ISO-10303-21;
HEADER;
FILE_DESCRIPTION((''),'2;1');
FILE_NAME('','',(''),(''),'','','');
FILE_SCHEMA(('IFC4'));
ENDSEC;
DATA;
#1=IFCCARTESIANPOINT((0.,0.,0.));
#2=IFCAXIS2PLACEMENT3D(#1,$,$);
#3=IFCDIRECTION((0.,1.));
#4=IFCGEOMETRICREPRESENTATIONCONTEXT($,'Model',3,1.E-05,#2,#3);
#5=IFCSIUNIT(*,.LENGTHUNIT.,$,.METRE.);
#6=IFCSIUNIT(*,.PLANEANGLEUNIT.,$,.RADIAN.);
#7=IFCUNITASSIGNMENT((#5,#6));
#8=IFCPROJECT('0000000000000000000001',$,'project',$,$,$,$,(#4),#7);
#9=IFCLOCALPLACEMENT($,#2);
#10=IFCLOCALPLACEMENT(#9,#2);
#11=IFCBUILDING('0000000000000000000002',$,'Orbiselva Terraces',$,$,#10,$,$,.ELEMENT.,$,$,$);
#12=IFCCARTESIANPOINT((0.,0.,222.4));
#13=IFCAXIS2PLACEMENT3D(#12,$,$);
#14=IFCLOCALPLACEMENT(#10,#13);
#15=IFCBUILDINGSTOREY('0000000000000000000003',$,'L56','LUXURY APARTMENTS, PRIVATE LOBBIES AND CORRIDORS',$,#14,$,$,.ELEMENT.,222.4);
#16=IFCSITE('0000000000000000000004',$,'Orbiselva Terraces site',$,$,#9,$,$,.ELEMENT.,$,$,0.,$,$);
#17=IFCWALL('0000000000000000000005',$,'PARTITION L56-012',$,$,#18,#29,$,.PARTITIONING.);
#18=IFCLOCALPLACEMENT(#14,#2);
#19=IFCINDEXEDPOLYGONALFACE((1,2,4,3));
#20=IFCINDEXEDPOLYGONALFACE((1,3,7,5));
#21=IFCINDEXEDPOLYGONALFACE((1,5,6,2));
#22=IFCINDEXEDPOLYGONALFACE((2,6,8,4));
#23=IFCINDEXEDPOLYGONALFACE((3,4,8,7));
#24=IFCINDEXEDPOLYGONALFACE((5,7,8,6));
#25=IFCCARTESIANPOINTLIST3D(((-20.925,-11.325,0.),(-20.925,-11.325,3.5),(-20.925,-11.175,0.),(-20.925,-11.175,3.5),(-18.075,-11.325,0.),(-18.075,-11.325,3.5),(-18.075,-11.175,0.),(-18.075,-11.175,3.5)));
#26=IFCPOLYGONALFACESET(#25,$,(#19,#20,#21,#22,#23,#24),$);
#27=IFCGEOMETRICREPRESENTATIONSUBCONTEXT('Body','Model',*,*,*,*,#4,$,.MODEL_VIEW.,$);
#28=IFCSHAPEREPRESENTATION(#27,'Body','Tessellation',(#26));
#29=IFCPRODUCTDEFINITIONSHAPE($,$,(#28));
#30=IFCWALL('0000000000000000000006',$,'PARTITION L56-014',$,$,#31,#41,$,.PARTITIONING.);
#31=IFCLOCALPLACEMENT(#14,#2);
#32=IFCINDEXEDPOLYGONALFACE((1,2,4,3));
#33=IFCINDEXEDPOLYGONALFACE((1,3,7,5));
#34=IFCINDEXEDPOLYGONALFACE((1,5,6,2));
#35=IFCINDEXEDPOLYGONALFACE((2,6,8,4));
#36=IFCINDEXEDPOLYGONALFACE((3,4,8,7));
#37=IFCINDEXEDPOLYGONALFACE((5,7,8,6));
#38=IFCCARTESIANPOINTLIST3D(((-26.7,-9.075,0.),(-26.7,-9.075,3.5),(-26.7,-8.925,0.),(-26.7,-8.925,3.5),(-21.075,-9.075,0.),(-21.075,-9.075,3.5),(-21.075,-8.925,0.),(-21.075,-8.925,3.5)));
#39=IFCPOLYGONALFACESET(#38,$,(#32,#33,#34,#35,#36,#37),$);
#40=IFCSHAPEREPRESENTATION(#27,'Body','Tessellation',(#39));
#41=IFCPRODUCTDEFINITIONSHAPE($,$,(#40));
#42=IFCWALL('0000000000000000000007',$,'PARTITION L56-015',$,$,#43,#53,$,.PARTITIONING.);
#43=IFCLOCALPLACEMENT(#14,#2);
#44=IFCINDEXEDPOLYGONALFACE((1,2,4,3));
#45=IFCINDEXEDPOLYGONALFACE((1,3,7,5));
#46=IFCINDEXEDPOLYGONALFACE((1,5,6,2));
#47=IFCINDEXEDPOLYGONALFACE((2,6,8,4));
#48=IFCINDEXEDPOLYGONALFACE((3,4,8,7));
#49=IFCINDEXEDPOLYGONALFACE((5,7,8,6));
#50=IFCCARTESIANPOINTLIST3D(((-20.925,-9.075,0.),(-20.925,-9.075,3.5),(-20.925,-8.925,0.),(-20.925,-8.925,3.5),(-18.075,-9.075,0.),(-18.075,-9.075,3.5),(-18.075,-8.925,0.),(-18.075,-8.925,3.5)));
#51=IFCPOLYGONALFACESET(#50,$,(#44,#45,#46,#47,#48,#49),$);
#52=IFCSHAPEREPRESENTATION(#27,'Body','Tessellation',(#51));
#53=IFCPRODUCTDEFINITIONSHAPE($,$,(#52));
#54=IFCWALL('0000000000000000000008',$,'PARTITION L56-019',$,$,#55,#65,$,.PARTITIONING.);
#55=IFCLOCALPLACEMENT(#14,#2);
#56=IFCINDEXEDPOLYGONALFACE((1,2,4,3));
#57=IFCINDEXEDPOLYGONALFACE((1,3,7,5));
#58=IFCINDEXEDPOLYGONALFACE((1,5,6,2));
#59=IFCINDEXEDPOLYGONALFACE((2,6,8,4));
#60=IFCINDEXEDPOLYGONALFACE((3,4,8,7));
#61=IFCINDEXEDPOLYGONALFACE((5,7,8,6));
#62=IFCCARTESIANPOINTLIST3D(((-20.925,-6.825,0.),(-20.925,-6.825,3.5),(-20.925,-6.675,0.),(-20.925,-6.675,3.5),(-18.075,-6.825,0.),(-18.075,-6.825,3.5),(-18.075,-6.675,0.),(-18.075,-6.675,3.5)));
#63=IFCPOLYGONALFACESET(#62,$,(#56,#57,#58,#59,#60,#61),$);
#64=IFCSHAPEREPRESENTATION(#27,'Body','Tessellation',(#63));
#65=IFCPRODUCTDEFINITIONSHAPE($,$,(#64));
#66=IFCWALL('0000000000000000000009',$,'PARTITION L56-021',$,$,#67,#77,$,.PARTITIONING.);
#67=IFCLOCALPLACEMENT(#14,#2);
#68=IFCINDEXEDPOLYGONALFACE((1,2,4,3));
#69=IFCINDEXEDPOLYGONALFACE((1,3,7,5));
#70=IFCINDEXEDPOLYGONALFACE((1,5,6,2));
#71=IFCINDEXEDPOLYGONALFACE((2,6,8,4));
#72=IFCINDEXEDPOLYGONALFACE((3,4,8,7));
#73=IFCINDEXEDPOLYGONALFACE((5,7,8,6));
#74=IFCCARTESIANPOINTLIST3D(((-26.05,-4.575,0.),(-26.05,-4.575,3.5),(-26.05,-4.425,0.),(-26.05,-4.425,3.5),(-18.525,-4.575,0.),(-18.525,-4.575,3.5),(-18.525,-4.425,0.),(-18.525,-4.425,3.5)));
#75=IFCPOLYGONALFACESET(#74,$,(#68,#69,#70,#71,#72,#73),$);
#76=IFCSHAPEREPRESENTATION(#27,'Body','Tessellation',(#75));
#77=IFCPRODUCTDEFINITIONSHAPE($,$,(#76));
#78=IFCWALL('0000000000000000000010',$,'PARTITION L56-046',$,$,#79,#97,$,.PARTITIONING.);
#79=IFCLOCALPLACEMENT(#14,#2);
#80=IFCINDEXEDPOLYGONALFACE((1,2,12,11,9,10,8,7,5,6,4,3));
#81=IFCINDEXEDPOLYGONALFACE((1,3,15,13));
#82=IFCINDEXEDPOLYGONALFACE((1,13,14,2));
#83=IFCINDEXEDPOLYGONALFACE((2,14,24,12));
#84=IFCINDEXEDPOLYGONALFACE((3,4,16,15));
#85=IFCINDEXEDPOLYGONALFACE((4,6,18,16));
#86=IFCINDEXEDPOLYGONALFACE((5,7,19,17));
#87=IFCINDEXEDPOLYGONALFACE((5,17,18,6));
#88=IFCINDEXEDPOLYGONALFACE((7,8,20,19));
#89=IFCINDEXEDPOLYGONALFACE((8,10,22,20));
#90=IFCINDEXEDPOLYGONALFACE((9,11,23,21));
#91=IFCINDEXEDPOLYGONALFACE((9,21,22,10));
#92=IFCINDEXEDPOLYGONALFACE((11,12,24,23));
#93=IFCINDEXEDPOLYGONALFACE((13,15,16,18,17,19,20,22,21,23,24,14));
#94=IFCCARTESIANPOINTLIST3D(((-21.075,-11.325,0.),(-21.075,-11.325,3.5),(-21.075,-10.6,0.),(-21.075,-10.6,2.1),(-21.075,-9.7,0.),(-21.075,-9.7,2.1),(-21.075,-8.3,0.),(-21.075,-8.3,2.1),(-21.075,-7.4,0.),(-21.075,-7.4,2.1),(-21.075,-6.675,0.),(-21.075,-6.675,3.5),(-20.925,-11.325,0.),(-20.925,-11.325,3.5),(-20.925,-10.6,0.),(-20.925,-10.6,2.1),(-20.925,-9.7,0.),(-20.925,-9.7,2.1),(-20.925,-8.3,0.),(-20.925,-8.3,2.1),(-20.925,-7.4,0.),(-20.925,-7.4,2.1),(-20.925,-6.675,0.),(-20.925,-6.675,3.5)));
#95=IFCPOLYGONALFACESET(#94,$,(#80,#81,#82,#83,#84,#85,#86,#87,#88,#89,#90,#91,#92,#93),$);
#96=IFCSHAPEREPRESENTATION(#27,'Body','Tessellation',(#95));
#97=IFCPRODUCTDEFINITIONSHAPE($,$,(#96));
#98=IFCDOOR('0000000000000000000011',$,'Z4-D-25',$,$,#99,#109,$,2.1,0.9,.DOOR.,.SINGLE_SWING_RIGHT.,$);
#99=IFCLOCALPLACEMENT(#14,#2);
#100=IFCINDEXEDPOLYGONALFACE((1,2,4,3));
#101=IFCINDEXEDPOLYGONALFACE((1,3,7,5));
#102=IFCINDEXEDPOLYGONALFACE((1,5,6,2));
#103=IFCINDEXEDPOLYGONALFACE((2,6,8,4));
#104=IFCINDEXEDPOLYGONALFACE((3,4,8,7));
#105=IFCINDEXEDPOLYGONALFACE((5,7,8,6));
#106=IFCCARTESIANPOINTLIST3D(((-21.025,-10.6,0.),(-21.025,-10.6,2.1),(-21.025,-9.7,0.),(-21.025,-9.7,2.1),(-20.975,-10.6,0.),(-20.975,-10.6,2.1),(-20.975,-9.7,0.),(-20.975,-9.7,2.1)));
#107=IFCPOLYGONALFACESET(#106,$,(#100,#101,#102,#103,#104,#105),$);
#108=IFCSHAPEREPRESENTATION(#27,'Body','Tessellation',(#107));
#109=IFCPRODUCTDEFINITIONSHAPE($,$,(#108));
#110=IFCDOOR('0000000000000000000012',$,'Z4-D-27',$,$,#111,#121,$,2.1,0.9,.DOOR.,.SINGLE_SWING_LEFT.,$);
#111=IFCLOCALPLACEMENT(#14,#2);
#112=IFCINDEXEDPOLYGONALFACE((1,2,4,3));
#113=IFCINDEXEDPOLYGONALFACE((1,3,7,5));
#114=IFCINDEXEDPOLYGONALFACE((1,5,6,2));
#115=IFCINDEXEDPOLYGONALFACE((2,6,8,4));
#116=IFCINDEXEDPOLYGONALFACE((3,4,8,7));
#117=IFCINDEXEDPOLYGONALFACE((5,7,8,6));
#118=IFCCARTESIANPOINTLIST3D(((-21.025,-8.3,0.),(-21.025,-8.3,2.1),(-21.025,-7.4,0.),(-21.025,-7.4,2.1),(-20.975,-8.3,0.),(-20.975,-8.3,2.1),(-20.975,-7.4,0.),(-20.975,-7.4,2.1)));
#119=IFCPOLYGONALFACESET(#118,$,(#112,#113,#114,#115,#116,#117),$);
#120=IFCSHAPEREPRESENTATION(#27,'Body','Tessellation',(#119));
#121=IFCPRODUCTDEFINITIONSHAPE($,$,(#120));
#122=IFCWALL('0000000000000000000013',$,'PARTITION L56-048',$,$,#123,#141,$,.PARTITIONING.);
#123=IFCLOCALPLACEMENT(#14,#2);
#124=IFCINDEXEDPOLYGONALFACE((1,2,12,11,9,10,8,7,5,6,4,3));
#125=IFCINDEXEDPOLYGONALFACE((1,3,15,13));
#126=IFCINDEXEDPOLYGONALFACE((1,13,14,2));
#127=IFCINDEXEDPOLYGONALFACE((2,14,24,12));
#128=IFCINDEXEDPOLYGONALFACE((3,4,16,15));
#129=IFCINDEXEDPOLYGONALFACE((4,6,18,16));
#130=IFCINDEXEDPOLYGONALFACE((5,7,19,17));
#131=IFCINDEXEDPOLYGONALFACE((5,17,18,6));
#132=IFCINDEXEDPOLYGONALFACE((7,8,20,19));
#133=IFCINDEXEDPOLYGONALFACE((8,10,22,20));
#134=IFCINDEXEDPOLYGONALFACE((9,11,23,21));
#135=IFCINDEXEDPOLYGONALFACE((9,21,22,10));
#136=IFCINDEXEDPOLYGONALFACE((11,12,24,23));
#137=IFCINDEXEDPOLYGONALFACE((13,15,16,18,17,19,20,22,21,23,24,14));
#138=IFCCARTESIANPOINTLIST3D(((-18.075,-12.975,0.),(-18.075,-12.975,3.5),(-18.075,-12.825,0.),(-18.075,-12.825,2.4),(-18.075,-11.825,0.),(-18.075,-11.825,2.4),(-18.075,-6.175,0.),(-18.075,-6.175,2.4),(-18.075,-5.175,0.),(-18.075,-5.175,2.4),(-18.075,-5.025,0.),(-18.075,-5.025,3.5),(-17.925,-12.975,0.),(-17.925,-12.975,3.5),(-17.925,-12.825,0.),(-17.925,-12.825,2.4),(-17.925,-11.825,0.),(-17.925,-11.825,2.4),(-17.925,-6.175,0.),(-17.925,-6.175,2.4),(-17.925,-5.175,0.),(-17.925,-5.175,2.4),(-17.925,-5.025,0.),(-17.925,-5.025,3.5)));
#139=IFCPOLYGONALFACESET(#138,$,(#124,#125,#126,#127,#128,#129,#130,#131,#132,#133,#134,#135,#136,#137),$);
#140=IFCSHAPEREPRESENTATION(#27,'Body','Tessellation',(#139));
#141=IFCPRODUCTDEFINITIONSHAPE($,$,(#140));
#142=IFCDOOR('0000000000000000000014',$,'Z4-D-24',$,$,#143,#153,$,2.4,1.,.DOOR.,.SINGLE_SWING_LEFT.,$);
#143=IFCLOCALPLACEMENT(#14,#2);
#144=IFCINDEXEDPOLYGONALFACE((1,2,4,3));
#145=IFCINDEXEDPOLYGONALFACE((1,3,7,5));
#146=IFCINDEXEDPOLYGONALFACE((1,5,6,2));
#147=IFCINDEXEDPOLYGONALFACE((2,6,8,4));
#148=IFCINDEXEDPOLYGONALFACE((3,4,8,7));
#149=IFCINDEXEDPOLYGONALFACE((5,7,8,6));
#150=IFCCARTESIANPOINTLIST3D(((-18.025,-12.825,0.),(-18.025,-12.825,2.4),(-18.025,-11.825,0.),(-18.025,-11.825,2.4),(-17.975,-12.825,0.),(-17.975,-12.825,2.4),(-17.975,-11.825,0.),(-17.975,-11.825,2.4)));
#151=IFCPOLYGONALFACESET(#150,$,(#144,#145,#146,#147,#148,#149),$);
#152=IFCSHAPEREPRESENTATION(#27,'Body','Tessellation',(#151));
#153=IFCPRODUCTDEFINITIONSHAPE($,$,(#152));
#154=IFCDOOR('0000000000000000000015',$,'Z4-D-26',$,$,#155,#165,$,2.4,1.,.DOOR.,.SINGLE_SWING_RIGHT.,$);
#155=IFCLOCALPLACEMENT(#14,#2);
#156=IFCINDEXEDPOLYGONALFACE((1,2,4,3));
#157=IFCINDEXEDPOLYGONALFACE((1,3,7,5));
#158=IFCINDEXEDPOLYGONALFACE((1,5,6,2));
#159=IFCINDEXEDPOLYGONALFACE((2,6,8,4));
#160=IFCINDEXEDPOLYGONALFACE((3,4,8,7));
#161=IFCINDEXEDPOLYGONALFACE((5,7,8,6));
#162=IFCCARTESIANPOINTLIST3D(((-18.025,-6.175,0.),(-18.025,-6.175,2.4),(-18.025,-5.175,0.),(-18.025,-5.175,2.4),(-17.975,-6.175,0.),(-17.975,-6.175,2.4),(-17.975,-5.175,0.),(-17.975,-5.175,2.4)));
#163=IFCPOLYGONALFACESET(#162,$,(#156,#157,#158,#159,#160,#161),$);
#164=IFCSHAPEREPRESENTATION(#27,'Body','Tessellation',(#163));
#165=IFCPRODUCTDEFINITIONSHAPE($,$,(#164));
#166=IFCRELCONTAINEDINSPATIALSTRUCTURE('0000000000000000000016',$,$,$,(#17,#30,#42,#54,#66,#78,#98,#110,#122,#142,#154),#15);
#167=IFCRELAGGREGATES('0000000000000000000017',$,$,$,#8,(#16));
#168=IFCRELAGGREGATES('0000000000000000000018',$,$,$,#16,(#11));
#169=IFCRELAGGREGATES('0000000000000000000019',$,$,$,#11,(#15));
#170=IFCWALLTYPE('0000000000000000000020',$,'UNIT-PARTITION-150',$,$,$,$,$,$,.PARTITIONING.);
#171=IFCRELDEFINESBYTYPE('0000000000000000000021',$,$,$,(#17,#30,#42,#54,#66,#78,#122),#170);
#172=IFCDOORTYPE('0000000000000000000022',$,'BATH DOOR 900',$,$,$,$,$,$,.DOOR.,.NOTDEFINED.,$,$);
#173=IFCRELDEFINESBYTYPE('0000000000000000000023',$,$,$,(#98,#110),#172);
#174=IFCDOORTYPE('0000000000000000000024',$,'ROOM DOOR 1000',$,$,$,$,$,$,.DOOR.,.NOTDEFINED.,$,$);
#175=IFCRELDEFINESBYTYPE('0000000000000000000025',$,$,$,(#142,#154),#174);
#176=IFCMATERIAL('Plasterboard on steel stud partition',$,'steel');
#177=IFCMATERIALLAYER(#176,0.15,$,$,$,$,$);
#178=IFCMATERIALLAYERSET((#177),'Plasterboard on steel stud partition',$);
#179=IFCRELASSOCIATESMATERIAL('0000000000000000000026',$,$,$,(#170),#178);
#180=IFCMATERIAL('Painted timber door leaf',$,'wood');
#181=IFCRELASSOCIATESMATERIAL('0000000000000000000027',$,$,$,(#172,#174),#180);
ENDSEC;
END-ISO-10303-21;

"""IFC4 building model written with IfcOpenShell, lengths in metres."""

from ifc_helpers import new_model, si_unit, direction, frame, frame_2d, origin, place, context, subcontext, project, spatial, rectangle, extrude, material, layer, layer_set, type_object, element, fill, save


model = new_model("IFC4")

# Units and contexts
model_context = context("Model", 3, precision=1e-05, world=origin(), true_north=direction((0.0, 1.0)))
body_context = subcontext(model_context, "Body", "Model", "MODEL_VIEW")
ifc_project = project(units=[si_unit("LENGTHUNIT", "METRE"), si_unit("PLANEANGLEUNIT", "RADIAN")], contexts=[model_context])

# Site, building, storey
site_placement = place(None, origin())
site = spatial("IfcSite", under=ifc_project, at=site_placement, Name="Orbiselva Terraces site", CompositionType="ELEMENT", RefElevation=0.0)
building_placement = place(site_placement, origin())
building = spatial("IfcBuilding", under=site, at=building_placement, Name="Orbiselva Terraces", CompositionType="ELEMENT")
storey_placement = place(building_placement, frame((0.0, 0.0, 222.4)))
storey = spatial("IfcBuildingStorey", under=building, at=storey_placement, Name="L56", Description="LUXURY APARTMENTS, PRIVATE LOBBIES AND CORRIDORS", CompositionType="ELEMENT", Elevation=222.4)

# Walls
ifc_material_1 = material(Name="Plasterboard on steel stud partition", Category="steel")
ifc_layer_1 = layer(ifc_material_1, 0.15)
ifc_layer_set_1 = layer_set([ifc_layer_1], Name="Plasterboard on steel stud partition")
wall_type_1 = type_object("IfcWallType", Name="UNIT-PARTITION-150", PredefinedType="PARTITIONING", material=ifc_layer_set_1)
wall_1_placement = place(storey_placement, frame((-20.925, -11.25, 0.0), z_axis=(0.0, 0.0, 1.0), x_axis=(1.0, 0.0, 0.0)))
element("IfcWall", 1, at=wall_1_placement, inside=storey, type_object=wall_type_1, Name="PARTITION L56-012", PredefinedType="PARTITIONING", context=body_context, shape_type="SweptSolid", body=[
    extrude(rectangle(XDim=2.85, YDim=0.15, at=frame_2d((1.425, 0.0))), origin(), (0.0, 0.0, 1.0), 3.5),
])
wall_2_placement = place(storey_placement, frame((-26.7, -9.0, 0.0), z_axis=(0.0, 0.0, 1.0), x_axis=(1.0, 0.0, 0.0)))
element("IfcWall", 2, at=wall_2_placement, inside=storey, type_object=wall_type_1, Name="PARTITION L56-014", PredefinedType="PARTITIONING", context=body_context, shape_type="SweptSolid", body=[
    extrude(rectangle(XDim=5.625, YDim=0.15, at=frame_2d((2.8125, 0.0))), origin(), (0.0, 0.0, 1.0), 3.5),
])
for number, where, z_axis, x_axis, name in (
    (3, (-20.925, -9.0, 0.0), (0.0, 0.0, 1.0), (1.0, 0.0, 0.0), "PARTITION L56-015"),
    (4, (-20.925, -6.75, 0.0), (0.0, 0.0, 1.0), (1.0, 0.0, 0.0), "PARTITION L56-019"),
):
    element("IfcWall", number, at=place(storey_placement, frame(where, z_axis=z_axis, x_axis=x_axis)), inside=storey, type_object=wall_type_1, Name=name, PredefinedType="PARTITIONING", context=body_context, shape_type="SweptSolid", body=[
        extrude(rectangle(XDim=2.85, YDim=0.15, at=frame_2d((1.425, 0.0))), origin(), (0.0, 0.0, 1.0), 3.5),
    ])
wall_3_placement = place(storey_placement, frame((-26.05, -4.5, 0.0), z_axis=(0.0, 0.0, 1.0), x_axis=(1.0, 0.0, 0.0)))
element("IfcWall", 5, at=wall_3_placement, inside=storey, type_object=wall_type_1, Name="PARTITION L56-021", PredefinedType="PARTITIONING", context=body_context, shape_type="SweptSolid", body=[
    extrude(rectangle(XDim=7.525, YDim=0.15, at=frame_2d((3.7625, 0.0))), origin(), (0.0, 0.0, 1.0), 3.5),
])

# Walls, openings, doors
wall_4_placement = place(storey_placement, frame((-21.0, -6.675, 0.0), z_axis=(0.0, 0.0, 1.0), x_axis=(0.0, -1.0, 0.0)))
wall_4 = element("IfcWall", 6, at=wall_4_placement, inside=storey, type_object=wall_type_1, Name="PARTITION L56-046", PredefinedType="PARTITIONING", context=body_context, shape_type="SweptSolid", body=[
    extrude(rectangle(XDim=4.65, YDim=0.15, at=frame_2d((2.325, 0.0))), origin(), (0.0, 0.0, 1.0), 3.5),
])
opening_1_placement = place(wall_4_placement, frame((3.025, 0.0, 0.0)))
opening_1 = element("IfcOpeningElement", 7, at=opening_1_placement, cuts=wall_4, PredefinedType="OPENING", context=body_context, shape_type="SweptSolid", body=[
    extrude(rectangle(XDim=0.9, YDim=2.1, at=frame_2d((0.45, 1.05))), frame((0.0, 0.085, 0.0), z_axis=(0.0, -1.0, 0.0), x_axis=(1.0, 0.0, 0.0)), (0.0, 0.0, 1.0), 0.17),
])
opening_2_placement = place(wall_4_placement, frame((0.725, 0.0, 0.0)))
opening_2 = element("IfcOpeningElement", 8, at=opening_2_placement, cuts=wall_4, PredefinedType="OPENING", context=body_context, shape_type="SweptSolid", body=[
    extrude(rectangle(XDim=0.9, YDim=2.1, at=frame_2d((0.45, 1.05))), frame((0.0, 0.085, 0.0), z_axis=(0.0, -1.0, 0.0), x_axis=(1.0, 0.0, 0.0)), (0.0, 0.0, 1.0), 0.17),
])
ifc_material_2 = material(Name="Painted timber door leaf", Category="wood")
door_type_1 = type_object("IfcDoorType", Name="BATH DOOR 900", OperationType="NOTDEFINED", PredefinedType="DOOR", material=ifc_material_2)
door_1_placement = place(opening_1_placement, origin())
door_1 = element("IfcDoor", 9, at=door_1_placement, inside=storey, type_object=door_type_1, Name="Z4-D-25", OperationType="SINGLE_SWING_RIGHT", OverallHeight=2.1, OverallWidth=0.9, PredefinedType="DOOR", context=body_context, shape_type="SweptSolid", body=[
    extrude(rectangle(XDim=0.9, YDim=2.1, at=frame_2d((0.45, 1.05))), frame((0.0, 0.025, 0.0), z_axis=(0.0, -1.0, 0.0), x_axis=(1.0, 0.0, 0.0)), (0.0, 0.0, 1.0), 0.05),
])
fill(opening_1, door_1)
door_2_placement = place(opening_2_placement, origin())
door_2 = element("IfcDoor", 10, at=door_2_placement, inside=storey, type_object=door_type_1, Name="Z4-D-27", OperationType="SINGLE_SWING_LEFT", OverallHeight=2.1, OverallWidth=0.9, PredefinedType="DOOR", context=body_context, shape_type="SweptSolid", body=[
    extrude(rectangle(XDim=0.9, YDim=2.1, at=frame_2d((0.45, 1.05))), frame((0.0, 0.025, 0.0), z_axis=(0.0, -1.0, 0.0), x_axis=(1.0, 0.0, 0.0)), (0.0, 0.0, 1.0), 0.05),
])
fill(opening_2, door_2)
wall_5_placement = place(storey_placement, frame((-18.0, -12.975, 0.0), z_axis=(0.0, 0.0, 1.0), x_axis=(0.0, 1.0, 0.0)))
wall_5 = element("IfcWall", 11, at=wall_5_placement, inside=storey, type_object=wall_type_1, Name="PARTITION L56-048", PredefinedType="PARTITIONING", context=body_context, shape_type="SweptSolid", body=[
    extrude(rectangle(XDim=7.95, YDim=0.15, at=frame_2d((3.975, 0.0))), origin(), (0.0, 0.0, 1.0), 3.5),
])
opening_3_placement = place(wall_5_placement, frame((0.15, 0.0, 0.0)))
opening_3 = element("IfcOpeningElement", 12, at=opening_3_placement, cuts=wall_5, PredefinedType="OPENING", context=body_context, shape_type="SweptSolid", body=[
    extrude(rectangle(XDim=1.0, YDim=2.4, at=frame_2d((0.5, 1.2))), frame((0.0, 0.085, 0.0), z_axis=(0.0, -1.0, 0.0), x_axis=(1.0, 0.0, 0.0)), (0.0, 0.0, 1.0), 0.17),
])
opening_4_placement = place(wall_5_placement, frame((6.8, 0.0, 0.0)))
opening_4 = element("IfcOpeningElement", 13, at=opening_4_placement, cuts=wall_5, PredefinedType="OPENING", context=body_context, shape_type="SweptSolid", body=[
    extrude(rectangle(XDim=1.0, YDim=2.4, at=frame_2d((0.5, 1.2))), frame((0.0, 0.085, 0.0), z_axis=(0.0, -1.0, 0.0), x_axis=(1.0, 0.0, 0.0)), (0.0, 0.0, 1.0), 0.17),
])
door_type_2 = type_object("IfcDoorType", Name="ROOM DOOR 1000", OperationType="NOTDEFINED", PredefinedType="DOOR", material=ifc_material_2)
door_3_placement = place(opening_3_placement, origin())
door_3 = element("IfcDoor", 14, at=door_3_placement, inside=storey, type_object=door_type_2, Name="Z4-D-24", OperationType="SINGLE_SWING_LEFT", OverallHeight=2.4, OverallWidth=1.0, PredefinedType="DOOR", context=body_context, shape_type="SweptSolid", body=[
    extrude(rectangle(XDim=1.0, YDim=2.4, at=frame_2d((0.5, 1.2))), frame((0.0, 0.025, 0.0), z_axis=(0.0, -1.0, 0.0), x_axis=(1.0, 0.0, 0.0)), (0.0, 0.0, 1.0), 0.05),
])
fill(opening_3, door_3)
door_4_placement = place(opening_4_placement, origin())
door_4 = element("IfcDoor", 15, at=door_4_placement, inside=storey, type_object=door_type_2, Name="Z4-D-26", OperationType="SINGLE_SWING_RIGHT", OverallHeight=2.4, OverallWidth=1.0, PredefinedType="DOOR", context=body_context, shape_type="SweptSolid", body=[
    extrude(rectangle(XDim=1.0, YDim=2.4, at=frame_2d((0.5, 1.2))), frame((0.0, 0.025, 0.0), z_axis=(0.0, -1.0, 0.0), x_axis=(1.0, 0.0, 0.0)), (0.0, 0.0, 1.0), 0.05),
])
fill(opening_4, door_4)

save(model, "model.ifc")
